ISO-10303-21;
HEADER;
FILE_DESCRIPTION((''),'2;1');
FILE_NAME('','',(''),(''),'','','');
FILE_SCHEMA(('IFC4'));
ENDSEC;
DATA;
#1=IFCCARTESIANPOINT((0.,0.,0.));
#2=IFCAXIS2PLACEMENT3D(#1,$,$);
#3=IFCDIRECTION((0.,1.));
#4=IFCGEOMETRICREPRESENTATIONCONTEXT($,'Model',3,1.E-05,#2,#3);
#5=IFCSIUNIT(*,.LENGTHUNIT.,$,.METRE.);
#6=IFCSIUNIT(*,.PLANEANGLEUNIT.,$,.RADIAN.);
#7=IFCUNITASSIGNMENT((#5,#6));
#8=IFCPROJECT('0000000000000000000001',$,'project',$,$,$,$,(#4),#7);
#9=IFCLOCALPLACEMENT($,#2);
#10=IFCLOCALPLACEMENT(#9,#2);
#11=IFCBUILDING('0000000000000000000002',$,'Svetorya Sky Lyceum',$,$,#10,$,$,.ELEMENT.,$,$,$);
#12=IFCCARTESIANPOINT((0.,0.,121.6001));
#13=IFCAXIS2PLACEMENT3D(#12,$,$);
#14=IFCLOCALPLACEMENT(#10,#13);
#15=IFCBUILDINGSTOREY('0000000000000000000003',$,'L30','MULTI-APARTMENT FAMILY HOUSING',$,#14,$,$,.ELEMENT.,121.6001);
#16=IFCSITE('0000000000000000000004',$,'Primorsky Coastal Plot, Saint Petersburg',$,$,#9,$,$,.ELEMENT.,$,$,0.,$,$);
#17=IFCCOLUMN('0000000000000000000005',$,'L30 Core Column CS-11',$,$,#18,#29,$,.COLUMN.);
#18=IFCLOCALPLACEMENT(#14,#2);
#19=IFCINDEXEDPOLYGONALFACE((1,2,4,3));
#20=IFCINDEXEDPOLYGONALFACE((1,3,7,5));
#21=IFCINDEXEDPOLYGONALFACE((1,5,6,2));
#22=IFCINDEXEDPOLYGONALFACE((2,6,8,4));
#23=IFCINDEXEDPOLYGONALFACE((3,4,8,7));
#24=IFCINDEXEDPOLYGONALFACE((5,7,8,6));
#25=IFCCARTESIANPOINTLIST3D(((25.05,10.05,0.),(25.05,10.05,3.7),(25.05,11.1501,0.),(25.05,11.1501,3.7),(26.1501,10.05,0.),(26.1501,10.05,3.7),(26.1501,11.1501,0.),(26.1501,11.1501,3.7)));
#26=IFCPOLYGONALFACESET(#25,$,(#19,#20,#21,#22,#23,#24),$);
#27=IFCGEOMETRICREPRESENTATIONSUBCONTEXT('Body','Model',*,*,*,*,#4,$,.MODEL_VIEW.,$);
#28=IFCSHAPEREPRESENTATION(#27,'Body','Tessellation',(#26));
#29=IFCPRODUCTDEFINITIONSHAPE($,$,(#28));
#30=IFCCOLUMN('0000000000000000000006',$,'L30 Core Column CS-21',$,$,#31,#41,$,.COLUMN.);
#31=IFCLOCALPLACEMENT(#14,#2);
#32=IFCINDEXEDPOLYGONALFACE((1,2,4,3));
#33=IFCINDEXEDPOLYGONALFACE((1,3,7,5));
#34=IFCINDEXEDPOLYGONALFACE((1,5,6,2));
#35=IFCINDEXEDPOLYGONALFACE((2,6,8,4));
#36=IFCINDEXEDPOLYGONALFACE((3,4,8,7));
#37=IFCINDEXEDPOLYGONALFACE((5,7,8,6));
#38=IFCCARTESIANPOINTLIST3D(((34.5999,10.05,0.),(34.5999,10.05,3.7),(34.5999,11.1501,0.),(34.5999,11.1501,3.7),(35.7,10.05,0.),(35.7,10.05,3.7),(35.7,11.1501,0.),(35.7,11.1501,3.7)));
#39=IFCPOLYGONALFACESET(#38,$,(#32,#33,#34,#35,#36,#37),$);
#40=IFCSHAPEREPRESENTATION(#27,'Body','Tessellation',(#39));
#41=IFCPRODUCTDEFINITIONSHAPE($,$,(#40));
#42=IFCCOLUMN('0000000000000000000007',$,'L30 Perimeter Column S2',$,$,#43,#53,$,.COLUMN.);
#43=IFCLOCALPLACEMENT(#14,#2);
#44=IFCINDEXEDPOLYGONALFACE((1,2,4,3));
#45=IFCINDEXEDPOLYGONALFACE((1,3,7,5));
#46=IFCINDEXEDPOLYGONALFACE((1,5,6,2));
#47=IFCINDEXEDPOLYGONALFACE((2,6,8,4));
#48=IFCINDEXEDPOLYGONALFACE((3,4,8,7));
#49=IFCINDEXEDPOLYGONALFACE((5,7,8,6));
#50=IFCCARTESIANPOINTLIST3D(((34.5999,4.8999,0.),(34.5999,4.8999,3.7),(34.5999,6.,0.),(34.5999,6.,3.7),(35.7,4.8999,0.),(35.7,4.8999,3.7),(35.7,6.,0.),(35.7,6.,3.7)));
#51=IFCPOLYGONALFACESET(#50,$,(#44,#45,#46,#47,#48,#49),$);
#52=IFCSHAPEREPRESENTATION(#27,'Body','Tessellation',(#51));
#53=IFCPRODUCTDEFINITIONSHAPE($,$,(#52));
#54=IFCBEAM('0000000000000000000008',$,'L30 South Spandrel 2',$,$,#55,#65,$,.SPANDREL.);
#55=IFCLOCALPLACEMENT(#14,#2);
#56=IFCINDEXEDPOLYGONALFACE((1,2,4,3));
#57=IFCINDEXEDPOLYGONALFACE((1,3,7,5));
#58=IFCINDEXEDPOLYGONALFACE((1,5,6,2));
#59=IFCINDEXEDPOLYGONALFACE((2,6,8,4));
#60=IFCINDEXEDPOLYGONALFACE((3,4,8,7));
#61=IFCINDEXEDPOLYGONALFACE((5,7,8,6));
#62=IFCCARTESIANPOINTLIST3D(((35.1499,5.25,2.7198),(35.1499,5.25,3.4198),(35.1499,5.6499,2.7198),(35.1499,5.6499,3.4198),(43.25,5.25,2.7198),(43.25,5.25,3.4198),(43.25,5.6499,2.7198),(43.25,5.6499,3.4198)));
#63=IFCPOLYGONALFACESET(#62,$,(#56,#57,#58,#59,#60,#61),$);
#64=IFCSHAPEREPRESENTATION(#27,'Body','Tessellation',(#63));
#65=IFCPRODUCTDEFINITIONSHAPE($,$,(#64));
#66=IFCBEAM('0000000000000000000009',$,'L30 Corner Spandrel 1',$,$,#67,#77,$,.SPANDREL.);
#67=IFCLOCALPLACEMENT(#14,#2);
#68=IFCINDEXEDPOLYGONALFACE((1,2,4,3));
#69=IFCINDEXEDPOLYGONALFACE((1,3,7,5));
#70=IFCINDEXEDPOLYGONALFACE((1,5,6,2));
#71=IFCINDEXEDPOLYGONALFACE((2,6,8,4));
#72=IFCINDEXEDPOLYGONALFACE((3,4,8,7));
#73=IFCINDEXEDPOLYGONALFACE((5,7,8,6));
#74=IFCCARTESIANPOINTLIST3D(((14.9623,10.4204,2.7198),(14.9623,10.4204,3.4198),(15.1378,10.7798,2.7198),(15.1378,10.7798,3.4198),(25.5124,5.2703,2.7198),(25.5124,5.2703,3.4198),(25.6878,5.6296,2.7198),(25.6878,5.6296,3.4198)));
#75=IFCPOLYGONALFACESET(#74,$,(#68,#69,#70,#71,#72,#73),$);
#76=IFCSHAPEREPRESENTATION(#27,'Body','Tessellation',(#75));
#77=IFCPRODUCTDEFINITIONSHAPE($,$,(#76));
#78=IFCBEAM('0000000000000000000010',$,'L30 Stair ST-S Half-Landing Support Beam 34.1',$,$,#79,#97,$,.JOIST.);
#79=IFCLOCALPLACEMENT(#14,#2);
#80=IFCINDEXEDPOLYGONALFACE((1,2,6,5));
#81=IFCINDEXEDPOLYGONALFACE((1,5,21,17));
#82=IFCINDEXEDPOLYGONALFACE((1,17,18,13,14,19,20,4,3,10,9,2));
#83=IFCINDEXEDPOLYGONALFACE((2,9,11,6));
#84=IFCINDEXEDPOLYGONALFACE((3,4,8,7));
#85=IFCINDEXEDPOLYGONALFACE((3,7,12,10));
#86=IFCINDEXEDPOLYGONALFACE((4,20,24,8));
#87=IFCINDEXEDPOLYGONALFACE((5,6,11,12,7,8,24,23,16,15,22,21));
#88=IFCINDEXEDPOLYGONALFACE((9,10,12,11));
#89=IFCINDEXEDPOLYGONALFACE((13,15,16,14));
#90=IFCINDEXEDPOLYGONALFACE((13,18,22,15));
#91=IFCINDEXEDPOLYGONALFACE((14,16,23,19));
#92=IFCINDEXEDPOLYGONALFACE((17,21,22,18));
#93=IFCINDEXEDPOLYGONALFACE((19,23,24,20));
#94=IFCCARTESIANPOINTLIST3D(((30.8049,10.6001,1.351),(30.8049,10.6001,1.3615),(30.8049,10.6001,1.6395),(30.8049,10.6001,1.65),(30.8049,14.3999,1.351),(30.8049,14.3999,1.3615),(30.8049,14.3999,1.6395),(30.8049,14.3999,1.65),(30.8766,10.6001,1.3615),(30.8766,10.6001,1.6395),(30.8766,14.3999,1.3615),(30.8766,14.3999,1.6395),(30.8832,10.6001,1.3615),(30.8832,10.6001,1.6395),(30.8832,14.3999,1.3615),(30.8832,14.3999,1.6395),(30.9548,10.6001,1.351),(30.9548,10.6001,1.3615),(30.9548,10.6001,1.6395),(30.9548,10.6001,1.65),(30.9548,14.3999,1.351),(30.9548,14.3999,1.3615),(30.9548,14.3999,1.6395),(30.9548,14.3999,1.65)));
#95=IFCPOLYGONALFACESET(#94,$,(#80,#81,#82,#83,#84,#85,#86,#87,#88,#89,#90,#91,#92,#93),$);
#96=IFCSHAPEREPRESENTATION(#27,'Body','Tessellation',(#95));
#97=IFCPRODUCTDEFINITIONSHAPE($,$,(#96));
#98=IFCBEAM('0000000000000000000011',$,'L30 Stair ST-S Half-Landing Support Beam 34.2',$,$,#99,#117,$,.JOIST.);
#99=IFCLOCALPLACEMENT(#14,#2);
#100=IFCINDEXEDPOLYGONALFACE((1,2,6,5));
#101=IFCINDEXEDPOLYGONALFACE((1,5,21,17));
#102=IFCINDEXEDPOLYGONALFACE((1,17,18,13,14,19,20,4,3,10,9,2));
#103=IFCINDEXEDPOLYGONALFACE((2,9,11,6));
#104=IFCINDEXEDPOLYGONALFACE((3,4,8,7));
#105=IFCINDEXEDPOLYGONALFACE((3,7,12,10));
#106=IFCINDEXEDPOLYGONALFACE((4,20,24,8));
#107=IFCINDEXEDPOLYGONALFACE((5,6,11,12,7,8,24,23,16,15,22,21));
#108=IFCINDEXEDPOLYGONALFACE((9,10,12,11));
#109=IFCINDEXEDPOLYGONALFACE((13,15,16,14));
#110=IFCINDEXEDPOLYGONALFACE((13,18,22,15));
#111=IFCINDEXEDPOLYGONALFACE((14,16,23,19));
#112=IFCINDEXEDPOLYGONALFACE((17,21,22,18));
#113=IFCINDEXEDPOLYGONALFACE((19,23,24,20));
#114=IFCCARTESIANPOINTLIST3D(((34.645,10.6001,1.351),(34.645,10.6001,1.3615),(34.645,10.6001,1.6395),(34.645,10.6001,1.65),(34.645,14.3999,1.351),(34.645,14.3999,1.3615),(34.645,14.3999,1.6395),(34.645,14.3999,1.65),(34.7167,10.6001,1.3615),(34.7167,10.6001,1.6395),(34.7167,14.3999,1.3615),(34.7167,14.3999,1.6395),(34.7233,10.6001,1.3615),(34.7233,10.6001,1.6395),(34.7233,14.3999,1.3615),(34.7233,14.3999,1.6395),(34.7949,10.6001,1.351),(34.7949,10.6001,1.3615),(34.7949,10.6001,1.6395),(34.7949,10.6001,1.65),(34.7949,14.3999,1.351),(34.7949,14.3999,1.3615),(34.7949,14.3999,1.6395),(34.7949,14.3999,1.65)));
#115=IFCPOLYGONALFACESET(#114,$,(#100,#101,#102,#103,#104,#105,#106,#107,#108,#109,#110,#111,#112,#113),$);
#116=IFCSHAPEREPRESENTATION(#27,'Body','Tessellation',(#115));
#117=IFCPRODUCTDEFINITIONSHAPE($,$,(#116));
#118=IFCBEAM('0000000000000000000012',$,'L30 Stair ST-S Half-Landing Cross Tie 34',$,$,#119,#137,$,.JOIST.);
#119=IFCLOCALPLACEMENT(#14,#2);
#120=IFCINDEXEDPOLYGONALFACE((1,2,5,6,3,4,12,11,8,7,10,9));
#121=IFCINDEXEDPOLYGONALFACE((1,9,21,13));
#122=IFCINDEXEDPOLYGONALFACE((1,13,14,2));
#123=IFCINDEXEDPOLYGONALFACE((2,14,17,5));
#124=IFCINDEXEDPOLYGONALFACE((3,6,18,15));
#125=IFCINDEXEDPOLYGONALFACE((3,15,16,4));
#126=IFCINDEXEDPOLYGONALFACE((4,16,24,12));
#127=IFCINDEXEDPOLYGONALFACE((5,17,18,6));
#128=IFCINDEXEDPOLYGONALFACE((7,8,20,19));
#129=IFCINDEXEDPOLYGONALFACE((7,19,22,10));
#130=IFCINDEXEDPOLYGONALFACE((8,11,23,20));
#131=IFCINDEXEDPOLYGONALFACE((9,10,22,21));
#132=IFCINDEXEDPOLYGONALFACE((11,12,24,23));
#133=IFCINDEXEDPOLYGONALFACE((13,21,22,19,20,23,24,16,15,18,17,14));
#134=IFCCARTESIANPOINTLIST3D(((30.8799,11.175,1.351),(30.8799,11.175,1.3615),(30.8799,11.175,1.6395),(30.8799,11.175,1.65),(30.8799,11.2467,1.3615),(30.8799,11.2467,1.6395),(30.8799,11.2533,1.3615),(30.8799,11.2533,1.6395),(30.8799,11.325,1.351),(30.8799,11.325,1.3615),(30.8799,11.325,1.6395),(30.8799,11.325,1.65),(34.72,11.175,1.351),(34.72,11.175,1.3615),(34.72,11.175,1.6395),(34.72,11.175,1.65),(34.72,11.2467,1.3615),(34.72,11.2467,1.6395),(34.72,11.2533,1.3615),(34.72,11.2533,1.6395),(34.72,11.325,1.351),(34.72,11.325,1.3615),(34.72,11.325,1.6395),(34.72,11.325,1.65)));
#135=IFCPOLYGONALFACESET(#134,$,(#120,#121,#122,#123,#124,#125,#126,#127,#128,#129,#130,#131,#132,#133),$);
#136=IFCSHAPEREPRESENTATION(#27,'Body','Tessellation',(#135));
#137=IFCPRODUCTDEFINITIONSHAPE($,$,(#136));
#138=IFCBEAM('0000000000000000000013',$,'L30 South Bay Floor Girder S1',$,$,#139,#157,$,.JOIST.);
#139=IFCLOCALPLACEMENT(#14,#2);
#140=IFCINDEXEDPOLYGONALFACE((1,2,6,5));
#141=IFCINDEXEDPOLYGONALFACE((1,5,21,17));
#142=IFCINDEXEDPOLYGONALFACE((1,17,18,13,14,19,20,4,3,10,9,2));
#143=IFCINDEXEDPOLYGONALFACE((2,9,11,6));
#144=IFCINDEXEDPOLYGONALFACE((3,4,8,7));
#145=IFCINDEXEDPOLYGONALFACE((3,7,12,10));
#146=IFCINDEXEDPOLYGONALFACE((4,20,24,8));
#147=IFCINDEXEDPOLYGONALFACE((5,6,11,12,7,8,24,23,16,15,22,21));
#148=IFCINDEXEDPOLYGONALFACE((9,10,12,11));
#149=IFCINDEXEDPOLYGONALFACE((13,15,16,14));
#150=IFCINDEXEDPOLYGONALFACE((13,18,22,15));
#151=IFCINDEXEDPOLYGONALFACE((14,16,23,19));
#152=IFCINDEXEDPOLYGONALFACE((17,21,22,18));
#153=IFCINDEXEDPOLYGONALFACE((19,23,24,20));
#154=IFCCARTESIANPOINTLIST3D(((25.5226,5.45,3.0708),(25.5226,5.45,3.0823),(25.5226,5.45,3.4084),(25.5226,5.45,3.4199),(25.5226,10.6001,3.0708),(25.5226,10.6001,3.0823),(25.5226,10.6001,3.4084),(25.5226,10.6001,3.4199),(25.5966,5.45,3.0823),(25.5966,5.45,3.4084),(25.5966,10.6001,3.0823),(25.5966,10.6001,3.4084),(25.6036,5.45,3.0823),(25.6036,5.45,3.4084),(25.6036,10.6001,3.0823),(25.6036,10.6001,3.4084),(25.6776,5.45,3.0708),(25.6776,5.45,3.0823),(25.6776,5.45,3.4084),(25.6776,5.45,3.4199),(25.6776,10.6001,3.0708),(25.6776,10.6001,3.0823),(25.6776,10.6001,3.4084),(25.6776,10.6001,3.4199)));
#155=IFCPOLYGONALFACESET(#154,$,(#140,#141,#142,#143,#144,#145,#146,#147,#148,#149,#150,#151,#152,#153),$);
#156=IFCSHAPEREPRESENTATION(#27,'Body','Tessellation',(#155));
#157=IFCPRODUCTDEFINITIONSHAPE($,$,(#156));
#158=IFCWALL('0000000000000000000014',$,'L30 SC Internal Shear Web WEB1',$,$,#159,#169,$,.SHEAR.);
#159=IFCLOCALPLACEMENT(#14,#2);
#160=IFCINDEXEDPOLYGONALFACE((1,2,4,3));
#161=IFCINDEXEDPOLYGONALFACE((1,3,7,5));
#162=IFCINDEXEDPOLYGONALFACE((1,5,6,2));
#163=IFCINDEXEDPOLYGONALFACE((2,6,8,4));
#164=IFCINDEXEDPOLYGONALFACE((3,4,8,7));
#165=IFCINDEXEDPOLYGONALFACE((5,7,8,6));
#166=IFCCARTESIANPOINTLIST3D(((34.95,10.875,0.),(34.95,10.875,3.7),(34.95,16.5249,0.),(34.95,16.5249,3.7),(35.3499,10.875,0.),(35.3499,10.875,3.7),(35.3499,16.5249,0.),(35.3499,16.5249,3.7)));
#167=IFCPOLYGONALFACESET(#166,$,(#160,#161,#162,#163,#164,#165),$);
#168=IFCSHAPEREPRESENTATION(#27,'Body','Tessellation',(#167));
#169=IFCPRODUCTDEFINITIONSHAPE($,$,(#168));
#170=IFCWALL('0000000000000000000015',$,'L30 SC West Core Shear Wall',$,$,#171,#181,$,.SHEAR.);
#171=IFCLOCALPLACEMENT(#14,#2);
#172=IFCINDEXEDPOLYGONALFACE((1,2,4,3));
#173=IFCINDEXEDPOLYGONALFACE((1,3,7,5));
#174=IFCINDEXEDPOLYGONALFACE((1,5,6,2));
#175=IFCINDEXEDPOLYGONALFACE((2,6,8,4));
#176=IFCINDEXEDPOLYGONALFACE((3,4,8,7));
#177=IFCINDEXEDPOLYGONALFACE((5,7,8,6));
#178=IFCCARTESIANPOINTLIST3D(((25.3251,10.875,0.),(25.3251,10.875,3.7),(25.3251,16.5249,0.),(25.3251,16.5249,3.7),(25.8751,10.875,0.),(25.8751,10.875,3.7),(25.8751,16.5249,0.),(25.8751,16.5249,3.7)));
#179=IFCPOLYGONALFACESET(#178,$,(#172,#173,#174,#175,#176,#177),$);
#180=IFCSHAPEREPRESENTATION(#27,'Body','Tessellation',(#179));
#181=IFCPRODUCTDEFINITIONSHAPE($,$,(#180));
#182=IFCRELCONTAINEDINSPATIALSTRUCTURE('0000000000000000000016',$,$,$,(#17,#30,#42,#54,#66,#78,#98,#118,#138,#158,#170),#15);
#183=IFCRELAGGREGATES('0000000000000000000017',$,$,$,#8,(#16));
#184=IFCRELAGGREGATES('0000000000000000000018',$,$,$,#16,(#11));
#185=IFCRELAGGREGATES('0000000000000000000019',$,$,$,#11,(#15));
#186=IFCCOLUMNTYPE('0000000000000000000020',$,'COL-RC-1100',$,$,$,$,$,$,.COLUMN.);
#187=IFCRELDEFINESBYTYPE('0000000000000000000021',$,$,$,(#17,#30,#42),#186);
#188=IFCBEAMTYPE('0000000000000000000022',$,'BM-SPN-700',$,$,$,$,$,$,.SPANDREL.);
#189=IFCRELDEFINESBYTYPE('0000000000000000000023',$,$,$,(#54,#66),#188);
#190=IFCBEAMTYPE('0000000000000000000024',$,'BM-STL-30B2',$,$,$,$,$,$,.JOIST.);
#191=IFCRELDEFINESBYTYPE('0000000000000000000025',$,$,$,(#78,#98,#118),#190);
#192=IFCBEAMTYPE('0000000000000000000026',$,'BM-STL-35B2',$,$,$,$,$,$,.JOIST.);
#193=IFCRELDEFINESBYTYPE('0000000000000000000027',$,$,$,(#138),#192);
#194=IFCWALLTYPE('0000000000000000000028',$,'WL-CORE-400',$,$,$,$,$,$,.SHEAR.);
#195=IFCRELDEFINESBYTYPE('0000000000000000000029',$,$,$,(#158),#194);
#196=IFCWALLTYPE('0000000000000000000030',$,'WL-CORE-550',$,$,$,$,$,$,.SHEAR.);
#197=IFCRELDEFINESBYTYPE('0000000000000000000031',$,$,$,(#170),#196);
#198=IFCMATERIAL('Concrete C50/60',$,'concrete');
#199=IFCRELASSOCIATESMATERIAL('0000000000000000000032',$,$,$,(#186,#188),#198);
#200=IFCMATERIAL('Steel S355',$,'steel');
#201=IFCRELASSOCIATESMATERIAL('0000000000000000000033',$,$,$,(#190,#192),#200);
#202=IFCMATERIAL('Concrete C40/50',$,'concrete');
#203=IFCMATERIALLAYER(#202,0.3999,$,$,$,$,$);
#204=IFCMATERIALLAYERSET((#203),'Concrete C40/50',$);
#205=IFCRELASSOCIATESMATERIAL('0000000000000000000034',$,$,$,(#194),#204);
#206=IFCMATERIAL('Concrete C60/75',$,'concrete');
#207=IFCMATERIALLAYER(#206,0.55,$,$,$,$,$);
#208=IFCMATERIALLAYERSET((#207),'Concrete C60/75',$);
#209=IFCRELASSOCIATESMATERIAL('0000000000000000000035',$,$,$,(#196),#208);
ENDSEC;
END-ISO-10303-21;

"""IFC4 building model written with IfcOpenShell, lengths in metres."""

from ifc_helpers import new_model, si_unit, direction, frame, frame_2d, origin, origin_2d, place, context, subcontext, project, spatial, rectangle, i_section, extrude, material, layer, layer_set, material_profile, profile_set, type_object, element, save


model = new_model("IFC4")

# Units and contexts
model_context = context("Model", 3, precision=1e-05, world=origin(), true_north=direction((0.0, 1.0)))
body_context = subcontext(model_context, "Body", "Model", "MODEL_VIEW")
ifc_project = project(units=[si_unit("LENGTHUNIT", "METRE"), si_unit("PLANEANGLEUNIT", "RADIAN")], contexts=[model_context])

# Site, building, storey
site_placement = place(None, origin())
site = spatial("IfcSite", under=ifc_project, at=site_placement, Name="Primorsky Coastal Plot, Saint Petersburg", CompositionType="ELEMENT", RefElevation=0.0)
building_placement = place(site_placement, origin())
building = spatial("IfcBuilding", under=site, at=building_placement, Name="Svetorya Sky Lyceum", CompositionType="ELEMENT")
storey_placement = place(building_placement, frame((0.0, 0.0, 121.6001)))
storey = spatial("IfcBuildingStorey", under=building, at=storey_placement, Name="L30", Description="MULTI-APARTMENT FAMILY HOUSING", CompositionType="ELEMENT", Elevation=121.6001)

# Columns
ifc_material_1 = material(Name="Concrete C50/60", Category="concrete")
ifc_material_profile_1 = material_profile(ifc_material_1, rectangle(XDim=1.1001, YDim=1.1001, at=origin_2d()), Name="RC COL 1100x1100")
ifc_profile_set_1 = profile_set([ifc_material_profile_1], Name="Concrete C50/60")
column_type = type_object("IfcColumnType", Name="COL-RC-1100", PredefinedType="COLUMN", material=ifc_profile_set_1)
for number, where, z_axis, x_axis, name in (
    (1, (25.6001, 10.6001, 0.0), (0.0, 0.0, 1.0), (1.0, 0.0, 0.0), "L30 Core Column CS-11"),
    (2, (35.1499, 10.6001, 0.0), (0.0, 0.0, 1.0), (1.0, 0.0, 0.0), "L30 Core Column CS-21"),
    (3, (35.1499, 5.45, 0.0), (0.0, 0.0, 1.0), (1.0, 0.0, 0.0), "L30 Perimeter Column S2"),
):
    element("IfcColumn", number, at=place(storey_placement, frame(where, z_axis=z_axis, x_axis=x_axis)), inside=storey, type_object=column_type, Name=name, PredefinedType="COLUMN", context=body_context, shape_type="SweptSolid", body=[
        extrude(rectangle(XDim=1.1001, YDim=1.1001, at=origin_2d()), origin(), (0.0, 0.0, 1.0), 3.7),
    ])

# Beams
ifc_material_profile_2 = material_profile(ifc_material_1, rectangle(XDim=0.3999, YDim=0.7, at=origin_2d()), Name="RC SPANDREL 400x700")
ifc_profile_set_2 = profile_set([ifc_material_profile_2], Name="Concrete C50/60")
beam_type_1 = type_object("IfcBeamType", Name="BM-SPN-700", PredefinedType="SPANDREL", material=ifc_profile_set_2)
beam_1_placement = place(storey_placement, frame((35.1499, 5.45, 3.0698), z_axis=(1.0, 0.0, 0.0), x_axis=(0.0, 1.0, 0.0)))
element("IfcBeam", 4, at=beam_1_placement, inside=storey, type_object=beam_type_1, Name="L30 South Spandrel 2", PredefinedType="SPANDREL", context=body_context, shape_type="SweptSolid", body=[
    extrude(rectangle(XDim=0.3999, YDim=0.7, at=origin_2d()), origin(), (0.0, 0.0, 1.0), 8.1001),
])
beam_2_placement = place(storey_placement, frame((25.6001, 5.45, 3.0698), z_axis=(-0.898641, 0.438684, 0.0), x_axis=(-0.438684, -0.898641, 0.0)))
element("IfcBeam", 5, at=beam_2_placement, inside=storey, type_object=beam_type_1, Name="L30 Corner Spandrel 1", PredefinedType="SPANDREL", context=body_context, shape_type="SweptSolid", body=[
    extrude(rectangle(XDim=0.3999, YDim=0.7, at=origin_2d()), origin(), (0.0, 0.0, 1.0), 11.74),
])
ifc_material_2 = material(Name="Steel S355", Category="steel")
ifc_material_profile_3 = material_profile(ifc_material_2, i_section(OverallWidth=0.1499, OverallDepth=0.2991, WebThickness=0.0066, FlangeThickness=0.0105, at=origin_2d()), Name="GOST 30B2")
ifc_profile_set_3 = profile_set([ifc_material_profile_3], Name="Steel S355")
beam_type_2 = type_object("IfcBeamType", Name="BM-STL-30B2", PredefinedType="JOIST", material=ifc_profile_set_3)
for number, where, z_axis, x_axis, name in (
    (6, (30.8799, 10.6001, 1.5005), (0.0, 1.0, 0.0), (-1.0, 0.0, 0.0), "L30 Stair ST-S Half-Landing Support Beam 34.1"),
    (7, (34.72, 10.6001, 1.5005), (0.0, 1.0, 0.0), (-1.0, 0.0, 0.0), "L30 Stair ST-S Half-Landing Support Beam 34.2"),
):
    element("IfcBeam", number, at=place(storey_placement, frame(where, z_axis=z_axis, x_axis=x_axis)), inside=storey, type_object=beam_type_2, Name=name, PredefinedType="JOIST", context=body_context, shape_type="SweptSolid", body=[
        extrude(i_section(OverallWidth=0.1499, OverallDepth=0.2991, WebThickness=0.0066, FlangeThickness=0.0105, at=origin_2d()), origin(), (0.0, 0.0, 1.0), 3.7998),
    ])
beam_3_placement = place(storey_placement, frame((30.8799, 11.25, 1.5005), z_axis=(1.0, 0.0, 0.0), x_axis=(0.0, 1.0, 0.0)))
element("IfcBeam", 8, at=beam_3_placement, inside=storey, type_object=beam_type_2, Name="L30 Stair ST-S Half-Landing Cross Tie 34", PredefinedType="JOIST", context=body_context, shape_type="SweptSolid", body=[
    extrude(i_section(OverallWidth=0.1499, OverallDepth=0.2991, WebThickness=0.0066, FlangeThickness=0.0105, at=origin_2d()), origin(), (0.0, 0.0, 1.0), 3.8401),
])
ifc_material_profile_4 = material_profile(ifc_material_2, i_section(OverallWidth=0.155, OverallDepth=0.3491, WebThickness=0.0071, FlangeThickness=0.0115, at=origin_2d()), Name="GOST 35B2")
ifc_profile_set_4 = profile_set([ifc_material_profile_4], Name="Steel S355")
beam_type_3 = type_object("IfcBeamType", Name="BM-STL-35B2", PredefinedType="JOIST", material=ifc_profile_set_4)
beam_4_placement = place(storey_placement, frame((25.6001, 5.45, 3.2454), z_axis=(0.0, 1.0, 0.0), x_axis=(-1.0, 0.0, 0.0)))
element("IfcBeam", 9, at=beam_4_placement, inside=storey, type_object=beam_type_3, Name="L30 South Bay Floor Girder S1", PredefinedType="JOIST", context=body_context, shape_type="SweptSolid", body=[
    extrude(i_section(OverallWidth=0.155, OverallDepth=0.3491, WebThickness=0.0071, FlangeThickness=0.0115, at=origin_2d()), origin(), (0.0, 0.0, 1.0), 5.1501),
])

# Walls
ifc_material_3 = material(Name="Concrete C40/50", Category="concrete")
ifc_layer_1 = layer(ifc_material_3, 0.3999)
ifc_layer_set_1 = layer_set([ifc_layer_1], Name="Concrete C40/50")
wall_type_1 = type_object("IfcWallType", Name="WL-CORE-400", PredefinedType="SHEAR", material=ifc_layer_set_1)
wall_1_placement = place(storey_placement, frame((35.1499, 10.875, 0.0), z_axis=(0.0, 0.0, 1.0), x_axis=(0.0, 1.0, 0.0)))
element("IfcWall", 10, at=wall_1_placement, inside=storey, type_object=wall_type_1, Name="L30 SC Internal Shear Web WEB1", PredefinedType="SHEAR", context=body_context, shape_type="SweptSolid", body=[
    extrude(rectangle(XDim=5.6499, YDim=0.3999, at=frame_2d((2.825, 0.0))), origin(), (0.0, 0.0, 1.0), 3.7),
])
ifc_material_4 = material(Name="Concrete C60/75", Category="concrete")
ifc_layer_2 = layer(ifc_material_4, 0.55)
ifc_layer_set_2 = layer_set([ifc_layer_2], Name="Concrete C60/75")
wall_type_2 = type_object("IfcWallType", Name="WL-CORE-550", PredefinedType="SHEAR", material=ifc_layer_set_2)
wall_2_placement = place(storey_placement, frame((25.6001, 10.875, 0.0), z_axis=(0.0, 0.0, 1.0), x_axis=(0.0, 1.0, 0.0)))
element("IfcWall", 11, at=wall_2_placement, inside=storey, type_object=wall_type_2, Name="L30 SC West Core Shear Wall", PredefinedType="SHEAR", context=body_context, shape_type="SweptSolid", body=[
    extrude(rectangle(XDim=5.6499, YDim=0.55, at=frame_2d((2.825, 0.0))), origin(), (0.0, 0.0, 1.0), 3.7),
])

save(model, "model.ifc")
